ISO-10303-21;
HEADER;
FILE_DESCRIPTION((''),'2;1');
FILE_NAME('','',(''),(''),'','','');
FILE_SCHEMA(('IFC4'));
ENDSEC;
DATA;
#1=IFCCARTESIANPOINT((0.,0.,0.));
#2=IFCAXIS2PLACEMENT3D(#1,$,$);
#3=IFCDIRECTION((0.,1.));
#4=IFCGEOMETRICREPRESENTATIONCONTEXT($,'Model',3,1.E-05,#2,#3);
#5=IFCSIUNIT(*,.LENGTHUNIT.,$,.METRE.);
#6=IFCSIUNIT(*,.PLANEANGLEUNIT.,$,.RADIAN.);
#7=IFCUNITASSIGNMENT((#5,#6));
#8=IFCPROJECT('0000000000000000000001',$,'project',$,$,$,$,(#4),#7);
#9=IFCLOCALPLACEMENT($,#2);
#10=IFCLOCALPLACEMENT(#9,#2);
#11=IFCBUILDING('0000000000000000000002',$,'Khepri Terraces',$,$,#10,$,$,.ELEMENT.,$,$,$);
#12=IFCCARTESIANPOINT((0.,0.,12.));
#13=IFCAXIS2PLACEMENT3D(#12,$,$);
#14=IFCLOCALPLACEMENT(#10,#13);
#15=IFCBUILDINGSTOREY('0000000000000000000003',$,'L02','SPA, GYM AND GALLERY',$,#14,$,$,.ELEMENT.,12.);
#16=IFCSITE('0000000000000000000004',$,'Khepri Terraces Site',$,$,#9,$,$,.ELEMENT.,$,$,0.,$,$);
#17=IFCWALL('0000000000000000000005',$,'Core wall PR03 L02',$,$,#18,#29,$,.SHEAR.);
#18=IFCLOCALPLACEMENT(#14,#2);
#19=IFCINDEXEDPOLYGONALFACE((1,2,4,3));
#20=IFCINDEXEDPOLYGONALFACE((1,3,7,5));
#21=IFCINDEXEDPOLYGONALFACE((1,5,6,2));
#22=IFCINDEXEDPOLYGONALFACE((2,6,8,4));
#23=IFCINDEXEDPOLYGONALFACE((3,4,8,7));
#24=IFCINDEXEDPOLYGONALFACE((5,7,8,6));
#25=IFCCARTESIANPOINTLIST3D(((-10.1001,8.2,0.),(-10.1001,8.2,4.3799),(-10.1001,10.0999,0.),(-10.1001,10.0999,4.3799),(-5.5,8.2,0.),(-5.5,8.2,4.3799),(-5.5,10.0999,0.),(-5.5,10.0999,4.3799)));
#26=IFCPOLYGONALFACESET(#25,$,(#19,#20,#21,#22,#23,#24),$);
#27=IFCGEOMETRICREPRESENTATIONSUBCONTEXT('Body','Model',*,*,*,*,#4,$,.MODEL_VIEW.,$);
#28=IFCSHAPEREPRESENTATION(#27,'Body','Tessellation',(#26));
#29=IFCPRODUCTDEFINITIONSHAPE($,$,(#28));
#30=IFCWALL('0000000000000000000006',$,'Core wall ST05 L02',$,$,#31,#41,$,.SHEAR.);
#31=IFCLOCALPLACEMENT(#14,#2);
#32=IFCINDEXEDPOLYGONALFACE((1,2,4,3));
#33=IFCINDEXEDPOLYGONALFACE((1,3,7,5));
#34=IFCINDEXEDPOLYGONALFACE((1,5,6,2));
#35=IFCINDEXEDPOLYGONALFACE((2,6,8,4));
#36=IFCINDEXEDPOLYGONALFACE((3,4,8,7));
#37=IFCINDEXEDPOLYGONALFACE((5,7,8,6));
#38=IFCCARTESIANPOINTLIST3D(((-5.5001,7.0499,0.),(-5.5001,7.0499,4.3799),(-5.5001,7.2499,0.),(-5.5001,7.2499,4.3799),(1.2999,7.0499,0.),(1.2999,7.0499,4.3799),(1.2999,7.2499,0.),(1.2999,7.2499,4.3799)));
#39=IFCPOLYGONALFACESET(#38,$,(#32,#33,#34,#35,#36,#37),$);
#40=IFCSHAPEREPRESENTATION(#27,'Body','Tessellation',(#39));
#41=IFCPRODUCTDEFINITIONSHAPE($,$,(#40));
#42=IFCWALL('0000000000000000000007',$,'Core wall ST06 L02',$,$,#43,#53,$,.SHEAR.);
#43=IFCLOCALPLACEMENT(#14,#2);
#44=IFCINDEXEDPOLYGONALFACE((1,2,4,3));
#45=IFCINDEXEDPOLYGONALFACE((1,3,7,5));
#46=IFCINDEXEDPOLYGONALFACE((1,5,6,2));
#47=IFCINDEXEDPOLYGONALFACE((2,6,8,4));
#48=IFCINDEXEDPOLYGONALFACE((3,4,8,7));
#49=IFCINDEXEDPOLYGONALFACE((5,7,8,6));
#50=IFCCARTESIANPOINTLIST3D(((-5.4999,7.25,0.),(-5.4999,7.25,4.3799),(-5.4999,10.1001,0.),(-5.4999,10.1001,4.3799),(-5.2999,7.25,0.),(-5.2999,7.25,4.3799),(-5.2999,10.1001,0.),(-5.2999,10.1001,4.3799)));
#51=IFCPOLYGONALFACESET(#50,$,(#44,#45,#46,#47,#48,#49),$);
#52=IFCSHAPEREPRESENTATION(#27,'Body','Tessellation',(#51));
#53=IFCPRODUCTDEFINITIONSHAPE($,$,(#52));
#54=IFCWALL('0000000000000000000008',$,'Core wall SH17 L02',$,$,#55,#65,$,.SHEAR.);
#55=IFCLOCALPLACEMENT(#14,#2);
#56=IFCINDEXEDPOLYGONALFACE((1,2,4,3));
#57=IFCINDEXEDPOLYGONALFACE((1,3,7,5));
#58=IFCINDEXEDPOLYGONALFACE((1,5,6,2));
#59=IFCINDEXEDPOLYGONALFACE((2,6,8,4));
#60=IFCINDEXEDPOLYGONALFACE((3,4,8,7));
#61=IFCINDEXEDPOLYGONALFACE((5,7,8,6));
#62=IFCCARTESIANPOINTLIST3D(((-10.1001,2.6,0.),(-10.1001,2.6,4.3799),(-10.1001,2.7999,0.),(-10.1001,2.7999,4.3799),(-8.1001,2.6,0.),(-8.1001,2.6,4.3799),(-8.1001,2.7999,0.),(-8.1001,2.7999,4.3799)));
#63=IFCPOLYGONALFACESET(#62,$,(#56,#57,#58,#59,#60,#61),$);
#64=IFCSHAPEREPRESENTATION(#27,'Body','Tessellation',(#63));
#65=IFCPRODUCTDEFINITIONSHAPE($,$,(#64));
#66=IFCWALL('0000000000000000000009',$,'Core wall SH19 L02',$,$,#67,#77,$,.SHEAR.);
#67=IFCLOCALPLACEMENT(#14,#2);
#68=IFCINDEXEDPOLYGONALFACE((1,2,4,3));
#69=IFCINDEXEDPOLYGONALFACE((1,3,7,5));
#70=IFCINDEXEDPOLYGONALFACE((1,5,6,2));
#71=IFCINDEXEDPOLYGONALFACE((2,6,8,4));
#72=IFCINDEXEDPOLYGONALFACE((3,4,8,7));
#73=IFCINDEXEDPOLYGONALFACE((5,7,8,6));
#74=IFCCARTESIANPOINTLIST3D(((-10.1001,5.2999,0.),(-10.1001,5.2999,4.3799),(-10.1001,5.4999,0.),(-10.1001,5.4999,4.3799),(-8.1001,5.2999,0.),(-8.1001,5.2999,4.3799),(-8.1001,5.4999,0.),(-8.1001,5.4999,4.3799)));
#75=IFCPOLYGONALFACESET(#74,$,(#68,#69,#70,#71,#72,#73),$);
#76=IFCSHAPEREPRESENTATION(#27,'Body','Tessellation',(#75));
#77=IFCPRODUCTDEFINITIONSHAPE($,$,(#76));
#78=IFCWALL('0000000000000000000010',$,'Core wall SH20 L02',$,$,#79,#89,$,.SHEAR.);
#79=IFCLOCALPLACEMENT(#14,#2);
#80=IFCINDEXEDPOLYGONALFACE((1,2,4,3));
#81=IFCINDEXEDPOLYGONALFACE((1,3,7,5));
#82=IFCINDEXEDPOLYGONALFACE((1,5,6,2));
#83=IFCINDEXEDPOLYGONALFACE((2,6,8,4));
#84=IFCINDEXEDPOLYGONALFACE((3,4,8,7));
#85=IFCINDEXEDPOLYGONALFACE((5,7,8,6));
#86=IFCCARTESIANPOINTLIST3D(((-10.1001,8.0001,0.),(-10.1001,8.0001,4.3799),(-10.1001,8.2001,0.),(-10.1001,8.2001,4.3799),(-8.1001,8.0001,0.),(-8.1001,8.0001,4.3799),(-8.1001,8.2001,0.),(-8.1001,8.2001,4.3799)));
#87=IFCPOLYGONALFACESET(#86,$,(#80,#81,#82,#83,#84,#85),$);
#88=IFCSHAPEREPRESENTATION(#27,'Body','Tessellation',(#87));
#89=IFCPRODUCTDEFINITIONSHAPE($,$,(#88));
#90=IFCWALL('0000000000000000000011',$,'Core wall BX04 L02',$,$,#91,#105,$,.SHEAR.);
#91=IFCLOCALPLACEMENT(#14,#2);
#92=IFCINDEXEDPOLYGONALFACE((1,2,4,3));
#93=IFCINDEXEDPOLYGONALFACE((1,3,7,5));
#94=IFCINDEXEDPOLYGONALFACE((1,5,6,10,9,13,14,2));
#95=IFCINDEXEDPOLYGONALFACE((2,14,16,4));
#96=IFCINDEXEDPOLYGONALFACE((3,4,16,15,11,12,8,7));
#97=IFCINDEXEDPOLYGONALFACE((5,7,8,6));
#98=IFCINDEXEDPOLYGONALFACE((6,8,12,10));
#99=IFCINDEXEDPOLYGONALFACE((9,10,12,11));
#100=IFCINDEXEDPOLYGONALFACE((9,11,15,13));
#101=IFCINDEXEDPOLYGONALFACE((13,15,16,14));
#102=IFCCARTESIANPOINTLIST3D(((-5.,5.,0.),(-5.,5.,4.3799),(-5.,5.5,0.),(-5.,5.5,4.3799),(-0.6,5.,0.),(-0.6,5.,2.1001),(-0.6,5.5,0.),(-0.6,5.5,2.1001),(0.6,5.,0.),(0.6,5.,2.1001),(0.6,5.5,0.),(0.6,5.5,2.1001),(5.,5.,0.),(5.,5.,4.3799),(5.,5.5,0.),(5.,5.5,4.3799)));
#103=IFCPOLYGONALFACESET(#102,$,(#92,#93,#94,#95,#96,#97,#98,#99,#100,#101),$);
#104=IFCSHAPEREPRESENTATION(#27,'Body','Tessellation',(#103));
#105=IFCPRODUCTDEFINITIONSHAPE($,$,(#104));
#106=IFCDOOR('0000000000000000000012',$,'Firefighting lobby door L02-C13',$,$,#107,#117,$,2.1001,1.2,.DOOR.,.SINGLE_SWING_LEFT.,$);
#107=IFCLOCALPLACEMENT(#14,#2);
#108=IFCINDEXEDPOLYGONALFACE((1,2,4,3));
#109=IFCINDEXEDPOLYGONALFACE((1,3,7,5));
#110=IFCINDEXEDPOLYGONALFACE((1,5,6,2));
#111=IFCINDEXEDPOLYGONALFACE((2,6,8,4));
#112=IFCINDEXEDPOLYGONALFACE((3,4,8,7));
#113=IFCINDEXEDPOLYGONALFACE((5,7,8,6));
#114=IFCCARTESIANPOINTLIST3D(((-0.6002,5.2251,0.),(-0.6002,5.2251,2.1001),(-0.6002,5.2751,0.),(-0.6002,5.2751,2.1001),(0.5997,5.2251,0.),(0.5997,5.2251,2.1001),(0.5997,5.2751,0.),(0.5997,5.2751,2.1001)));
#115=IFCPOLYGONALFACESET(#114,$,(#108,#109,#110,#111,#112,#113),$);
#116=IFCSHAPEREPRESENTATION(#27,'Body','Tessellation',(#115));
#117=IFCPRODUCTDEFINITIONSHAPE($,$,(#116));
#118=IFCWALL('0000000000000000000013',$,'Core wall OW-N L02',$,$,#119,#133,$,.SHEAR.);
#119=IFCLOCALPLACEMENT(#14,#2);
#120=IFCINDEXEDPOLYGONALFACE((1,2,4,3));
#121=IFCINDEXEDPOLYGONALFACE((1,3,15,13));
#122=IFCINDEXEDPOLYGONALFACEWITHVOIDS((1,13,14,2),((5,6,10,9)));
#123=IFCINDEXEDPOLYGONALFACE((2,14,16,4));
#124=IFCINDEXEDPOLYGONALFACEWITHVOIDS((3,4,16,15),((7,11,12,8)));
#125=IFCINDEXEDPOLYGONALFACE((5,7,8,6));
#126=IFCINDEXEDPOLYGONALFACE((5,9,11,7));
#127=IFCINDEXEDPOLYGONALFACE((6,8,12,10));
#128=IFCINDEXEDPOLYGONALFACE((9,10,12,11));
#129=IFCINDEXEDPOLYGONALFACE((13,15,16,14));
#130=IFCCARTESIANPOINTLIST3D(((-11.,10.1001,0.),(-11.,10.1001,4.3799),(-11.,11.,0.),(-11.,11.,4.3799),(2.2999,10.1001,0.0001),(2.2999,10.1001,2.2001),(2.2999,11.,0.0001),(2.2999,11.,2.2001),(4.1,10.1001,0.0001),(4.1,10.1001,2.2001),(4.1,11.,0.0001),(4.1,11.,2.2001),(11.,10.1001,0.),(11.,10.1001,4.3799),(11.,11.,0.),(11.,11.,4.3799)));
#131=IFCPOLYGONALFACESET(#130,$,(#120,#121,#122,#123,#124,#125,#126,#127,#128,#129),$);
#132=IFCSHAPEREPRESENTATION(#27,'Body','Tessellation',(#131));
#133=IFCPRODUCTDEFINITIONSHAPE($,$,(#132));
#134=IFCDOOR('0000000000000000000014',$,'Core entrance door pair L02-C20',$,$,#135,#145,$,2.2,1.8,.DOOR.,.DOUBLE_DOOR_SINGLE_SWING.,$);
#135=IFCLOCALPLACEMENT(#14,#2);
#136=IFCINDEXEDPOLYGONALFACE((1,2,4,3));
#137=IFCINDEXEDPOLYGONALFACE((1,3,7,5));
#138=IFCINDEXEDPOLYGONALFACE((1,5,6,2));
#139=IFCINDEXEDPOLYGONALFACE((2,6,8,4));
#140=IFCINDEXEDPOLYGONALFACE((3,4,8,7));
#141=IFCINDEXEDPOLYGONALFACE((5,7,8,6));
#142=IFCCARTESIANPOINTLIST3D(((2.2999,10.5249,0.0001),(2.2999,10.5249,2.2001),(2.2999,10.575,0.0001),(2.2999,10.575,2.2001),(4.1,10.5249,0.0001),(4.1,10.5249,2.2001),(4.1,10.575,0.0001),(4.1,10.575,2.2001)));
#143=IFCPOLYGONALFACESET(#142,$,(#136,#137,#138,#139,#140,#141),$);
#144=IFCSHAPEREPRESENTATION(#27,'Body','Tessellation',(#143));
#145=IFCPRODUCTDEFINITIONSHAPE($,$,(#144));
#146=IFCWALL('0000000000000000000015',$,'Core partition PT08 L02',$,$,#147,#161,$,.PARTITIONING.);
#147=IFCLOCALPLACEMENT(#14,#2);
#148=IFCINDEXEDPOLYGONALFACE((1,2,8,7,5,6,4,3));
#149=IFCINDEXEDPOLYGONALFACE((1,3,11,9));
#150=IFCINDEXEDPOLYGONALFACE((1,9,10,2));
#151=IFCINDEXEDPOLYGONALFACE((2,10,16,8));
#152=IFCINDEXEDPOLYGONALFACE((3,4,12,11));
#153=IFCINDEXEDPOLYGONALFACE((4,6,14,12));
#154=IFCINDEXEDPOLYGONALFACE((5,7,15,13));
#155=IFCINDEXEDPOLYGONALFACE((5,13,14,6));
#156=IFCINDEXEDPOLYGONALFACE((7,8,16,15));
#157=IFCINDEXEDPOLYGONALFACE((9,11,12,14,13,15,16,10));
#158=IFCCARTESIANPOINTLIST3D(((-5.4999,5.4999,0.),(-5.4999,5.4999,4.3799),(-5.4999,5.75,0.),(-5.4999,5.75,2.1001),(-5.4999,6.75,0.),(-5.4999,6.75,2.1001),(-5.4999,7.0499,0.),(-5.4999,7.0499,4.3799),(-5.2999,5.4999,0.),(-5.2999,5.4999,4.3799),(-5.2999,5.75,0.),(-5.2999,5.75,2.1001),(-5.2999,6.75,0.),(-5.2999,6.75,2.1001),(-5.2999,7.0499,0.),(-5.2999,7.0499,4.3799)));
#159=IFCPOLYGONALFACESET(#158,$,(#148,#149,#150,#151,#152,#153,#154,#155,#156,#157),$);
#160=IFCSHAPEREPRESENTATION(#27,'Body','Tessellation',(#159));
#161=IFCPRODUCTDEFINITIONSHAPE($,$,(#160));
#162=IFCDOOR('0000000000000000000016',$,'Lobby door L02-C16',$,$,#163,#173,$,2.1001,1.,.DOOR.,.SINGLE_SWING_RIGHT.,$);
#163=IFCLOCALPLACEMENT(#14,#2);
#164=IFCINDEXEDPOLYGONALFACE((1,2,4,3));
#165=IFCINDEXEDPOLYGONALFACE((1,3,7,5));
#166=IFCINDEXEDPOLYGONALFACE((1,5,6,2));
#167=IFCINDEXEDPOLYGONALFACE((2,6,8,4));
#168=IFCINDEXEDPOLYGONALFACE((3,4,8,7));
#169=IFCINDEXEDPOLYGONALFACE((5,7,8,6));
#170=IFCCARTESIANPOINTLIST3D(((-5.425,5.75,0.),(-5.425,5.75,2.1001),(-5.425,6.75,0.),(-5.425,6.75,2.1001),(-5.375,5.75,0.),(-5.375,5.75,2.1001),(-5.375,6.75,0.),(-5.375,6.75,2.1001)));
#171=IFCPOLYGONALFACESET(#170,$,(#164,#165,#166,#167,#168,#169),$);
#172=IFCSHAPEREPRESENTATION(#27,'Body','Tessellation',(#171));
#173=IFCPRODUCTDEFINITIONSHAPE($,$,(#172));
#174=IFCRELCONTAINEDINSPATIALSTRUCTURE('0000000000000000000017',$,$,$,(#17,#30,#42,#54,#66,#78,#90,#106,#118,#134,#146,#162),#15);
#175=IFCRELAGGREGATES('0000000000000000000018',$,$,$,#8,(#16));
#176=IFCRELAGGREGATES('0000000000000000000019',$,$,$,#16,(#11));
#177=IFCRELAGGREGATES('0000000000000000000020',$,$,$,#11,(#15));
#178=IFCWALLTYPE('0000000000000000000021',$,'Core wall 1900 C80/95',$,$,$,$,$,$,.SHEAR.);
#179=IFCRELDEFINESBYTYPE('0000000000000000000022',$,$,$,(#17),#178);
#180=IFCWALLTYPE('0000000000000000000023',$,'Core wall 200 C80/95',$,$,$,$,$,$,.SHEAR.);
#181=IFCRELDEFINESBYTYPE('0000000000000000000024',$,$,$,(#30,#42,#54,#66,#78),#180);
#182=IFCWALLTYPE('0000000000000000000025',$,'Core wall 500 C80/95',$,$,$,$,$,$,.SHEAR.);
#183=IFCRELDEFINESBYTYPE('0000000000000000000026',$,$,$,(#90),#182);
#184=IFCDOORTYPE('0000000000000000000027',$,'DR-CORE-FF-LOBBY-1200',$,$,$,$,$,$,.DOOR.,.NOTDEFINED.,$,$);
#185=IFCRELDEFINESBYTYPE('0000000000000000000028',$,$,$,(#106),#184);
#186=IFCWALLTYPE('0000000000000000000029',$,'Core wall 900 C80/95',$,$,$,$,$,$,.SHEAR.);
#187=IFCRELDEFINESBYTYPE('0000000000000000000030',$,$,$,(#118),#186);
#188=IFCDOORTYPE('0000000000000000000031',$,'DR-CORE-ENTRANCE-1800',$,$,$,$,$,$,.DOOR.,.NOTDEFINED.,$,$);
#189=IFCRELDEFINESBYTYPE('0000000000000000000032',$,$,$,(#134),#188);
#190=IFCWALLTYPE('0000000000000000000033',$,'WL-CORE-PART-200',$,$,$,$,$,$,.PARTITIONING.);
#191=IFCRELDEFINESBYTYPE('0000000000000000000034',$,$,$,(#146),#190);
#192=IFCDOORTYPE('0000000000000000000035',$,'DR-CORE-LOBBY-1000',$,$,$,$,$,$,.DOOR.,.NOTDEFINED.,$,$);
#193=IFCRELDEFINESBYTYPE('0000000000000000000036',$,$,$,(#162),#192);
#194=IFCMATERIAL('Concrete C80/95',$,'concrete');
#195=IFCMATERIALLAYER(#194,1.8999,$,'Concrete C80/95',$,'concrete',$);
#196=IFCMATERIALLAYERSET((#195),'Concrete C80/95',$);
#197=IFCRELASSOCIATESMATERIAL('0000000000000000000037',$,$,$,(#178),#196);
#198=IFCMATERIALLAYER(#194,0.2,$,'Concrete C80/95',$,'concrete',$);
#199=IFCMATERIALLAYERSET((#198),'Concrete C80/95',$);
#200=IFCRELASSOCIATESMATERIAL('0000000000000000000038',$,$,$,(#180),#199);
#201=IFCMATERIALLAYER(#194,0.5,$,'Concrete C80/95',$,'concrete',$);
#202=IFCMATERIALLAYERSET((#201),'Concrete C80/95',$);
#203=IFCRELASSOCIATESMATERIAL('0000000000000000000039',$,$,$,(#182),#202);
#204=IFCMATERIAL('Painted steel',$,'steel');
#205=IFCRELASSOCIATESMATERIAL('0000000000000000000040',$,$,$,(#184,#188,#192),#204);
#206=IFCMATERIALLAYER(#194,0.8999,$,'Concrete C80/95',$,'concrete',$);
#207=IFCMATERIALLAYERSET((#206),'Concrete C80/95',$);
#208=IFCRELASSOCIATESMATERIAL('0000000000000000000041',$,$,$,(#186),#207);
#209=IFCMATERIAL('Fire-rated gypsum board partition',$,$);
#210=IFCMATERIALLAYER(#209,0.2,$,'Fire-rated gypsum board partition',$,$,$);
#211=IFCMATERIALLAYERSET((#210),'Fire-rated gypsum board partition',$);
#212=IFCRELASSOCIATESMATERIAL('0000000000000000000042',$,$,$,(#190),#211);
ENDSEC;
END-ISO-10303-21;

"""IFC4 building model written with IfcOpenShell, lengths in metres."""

from ifc_helpers import new_model, si_unit, direction, frame, frame_2d, origin, place, context, subcontext, project, spatial, rectangle, extrude, material, layer, layer_set, type_object, element, fill, save


model = new_model("IFC4")

# Units and contexts
model_context = context("Model", 3, precision=1e-05, world=origin(), true_north=direction((0.0, 1.0)))
body_context = subcontext(model_context, "Body", "Model", "MODEL_VIEW")
ifc_project = project(units=[si_unit("LENGTHUNIT", "METRE"), si_unit("PLANEANGLEUNIT", "RADIAN")], contexts=[model_context])

# Site, building, storey
site_placement = place(None, origin())
site = spatial("IfcSite", under=ifc_project, at=site_placement, Name="Khepri Terraces Site", CompositionType="ELEMENT", RefElevation=0.0)
building_placement = place(site_placement, origin())
building = spatial("IfcBuilding", under=site, at=building_placement, Name="Khepri Terraces", CompositionType="ELEMENT")
storey_placement = place(building_placement, frame((0.0, 0.0, 12.0)))
storey = spatial("IfcBuildingStorey", under=building, at=storey_placement, Name="L02", Description="SPA, GYM AND GALLERY", CompositionType="ELEMENT", Elevation=12.0)

# Walls
ifc_material_1 = material(Name="Concrete C80/95", Category="concrete")
ifc_layer_1 = layer(ifc_material_1, 1.8999, Name="Concrete C80/95", Category="concrete")
ifc_layer_set_1 = layer_set([ifc_layer_1], Name="Concrete C80/95")
wall_type_1 = type_object("IfcWallType", Name="Core wall 1900 C80/95", PredefinedType="SHEAR", material=ifc_layer_set_1)
wall_1_placement = place(storey_placement, frame((-10.1001, 9.1499, 0.0), z_axis=(0.0, 0.0, 1.0), x_axis=(1.0, 0.0, 0.0)))
element("IfcWall", 1, at=wall_1_placement, inside=storey, type_object=wall_type_1, Name="Core wall PR03 L02", PredefinedType="SHEAR", context=body_context, shape_type="SweptSolid", body=[
    extrude(rectangle(XDim=4.6001, YDim=1.8999, at=frame_2d((2.3, 0.0))), origin(), (0.0, 0.0, 1.0), 4.3799),
])
ifc_layer_2 = layer(ifc_material_1, 0.2, Name="Concrete C80/95", Category="concrete")
ifc_layer_set_2 = layer_set([ifc_layer_2], Name="Concrete C80/95")
wall_type_2 = type_object("IfcWallType", Name="Core wall 200 C80/95", PredefinedType="SHEAR", material=ifc_layer_set_2)
wall_2_placement = place(storey_placement, frame((-5.5, 7.1499, 0.0), z_axis=(0.0, 0.0, 1.0), x_axis=(1.0, 0.0, 0.0)))
element("IfcWall", 2, at=wall_2_placement, inside=storey, type_object=wall_type_2, Name="Core wall ST05 L02", PredefinedType="SHEAR", context=body_context, shape_type="SweptSolid", body=[
    extrude(rectangle(XDim=6.8, YDim=0.2, at=frame_2d((3.3999, 0.0))), origin(), (0.0, 0.0, 1.0), 4.3799),
])
wall_3_placement = place(storey_placement, frame((-5.3999, 7.25, 0.0), z_axis=(0.0, 0.0, 1.0), x_axis=(0.0, 1.0, 0.0)))
element("IfcWall", 3, at=wall_3_placement, inside=storey, type_object=wall_type_2, Name="Core wall ST06 L02", PredefinedType="SHEAR", context=body_context, shape_type="SweptSolid", body=[
    extrude(rectangle(XDim=2.8501, YDim=0.2, at=frame_2d((1.425, 0.0))), origin(), (0.0, 0.0, 1.0), 4.3799),
])
for number, where, z_axis, x_axis, name in (
    (4, (-10.1001, 2.7, 0.0), (0.0, 0.0, 1.0), (1.0, 0.0, 0.0), "Core wall SH17 L02"),
    (5, (-10.1001, 5.3999, 0.0), (0.0, 0.0, 1.0), (1.0, 0.0, 0.0), "Core wall SH19 L02"),
    (6, (-10.1001, 8.1001, 0.0), (0.0, 0.0, 1.0), (1.0, 0.0, 0.0), "Core wall SH20 L02"),
):
    element("IfcWall", number, at=place(storey_placement, frame(where, z_axis=z_axis, x_axis=x_axis)), inside=storey, type_object=wall_type_2, Name=name, PredefinedType="SHEAR", context=body_context, shape_type="SweptSolid", body=[
        extrude(rectangle(XDim=2.0, YDim=0.2, at=frame_2d((1.0, 0.0))), origin(), (0.0, 0.0, 1.0), 4.3799),
    ])

# Walls, openings, doors
ifc_layer_3 = layer(ifc_material_1, 0.5, Name="Concrete C80/95", Category="concrete")
ifc_layer_set_3 = layer_set([ifc_layer_3], Name="Concrete C80/95")
wall_type_3 = type_object("IfcWallType", Name="Core wall 500 C80/95", PredefinedType="SHEAR", material=ifc_layer_set_3)
wall_4_placement = place(storey_placement, frame((-5.0, 5.25, 0.0), z_axis=(0.0, 0.0, 1.0), x_axis=(1.0, 0.0, 0.0)))
wall_4 = element("IfcWall", 7, at=wall_4_placement, inside=storey, type_object=wall_type_3, Name="Core wall BX04 L02", PredefinedType="SHEAR", context=body_context, shape_type="SweptSolid", body=[
    extrude(rectangle(XDim=10.0, YDim=0.5, at=frame_2d((5.0, 0.0))), origin(), (0.0, 0.0, 1.0), 4.3799),
])
opening_1_placement = place(wall_4_placement, frame((4.3999, 0.0, 0.0)))
opening_1 = element("IfcOpeningElement", 8, at=opening_1_placement, cuts=wall_4, PredefinedType="OPENING", context=body_context, shape_type="SweptSolid", body=[
    extrude(rectangle(XDim=1.2, YDim=2.1001, at=frame_2d((0.6001, 1.05))), frame((0.0, 0.26, 0.0), z_axis=(0.0, -1.0, 0.0), x_axis=(1.0, 0.0, 0.0)), (0.0, 0.0, 1.0), 0.52),
])
ifc_material_2 = material(Name="Painted steel", Category="steel")
door_type_1 = type_object("IfcDoorType", Name="DR-CORE-FF-LOBBY-1200", OperationType="NOTDEFINED", PredefinedType="DOOR", material=ifc_material_2)
door_1_placement = place(opening_1_placement, frame((1.2, 0.0, 0.0), z_axis=(0.0, 0.0, 1.0), x_axis=(-1.0, 0.0, 0.0)))
door_1 = element("IfcDoor", 9, at=door_1_placement, inside=storey, type_object=door_type_1, Name="Firefighting lobby door L02-C13", OperationType="SINGLE_SWING_LEFT", OverallHeight=2.1001, OverallWidth=1.2, PredefinedType="DOOR", context=body_context, shape_type="SweptSolid", body=[
    extrude(rectangle(XDim=1.2, YDim=2.1001, at=frame_2d((0.6001, 1.05))), frame((0.0, 0.0249, 0.0), z_axis=(0.0, -1.0, 0.0), x_axis=(1.0, 0.0, 0.0)), (0.0, 0.0, 1.0), 0.05),
])
fill(opening_1, door_1)
ifc_layer_4 = layer(ifc_material_1, 0.8999, Name="Concrete C80/95", Category="concrete")
ifc_layer_set_4 = layer_set([ifc_layer_4], Name="Concrete C80/95")
wall_type_4 = type_object("IfcWallType", Name="Core wall 900 C80/95", PredefinedType="SHEAR", material=ifc_layer_set_4)
wall_5_placement = place(storey_placement, frame((-11.0, 10.55, 0.0), z_axis=(0.0, 0.0, 1.0), x_axis=(1.0, 0.0, 0.0)))
wall_5 = element("IfcWall", 10, at=wall_5_placement, inside=storey, type_object=wall_type_4, Name="Core wall OW-N L02", PredefinedType="SHEAR", context=body_context, shape_type="SweptSolid", body=[
    extrude(rectangle(XDim=22.0, YDim=0.8999, at=frame_2d((11.0, 0.0))), origin(), (0.0, 0.0, 1.0), 4.3799),
])
opening_2_placement = place(wall_5_placement, frame((13.3, 0.0, 0.0)))
opening_2 = element("IfcOpeningElement", 11, at=opening_2_placement, cuts=wall_5, PredefinedType="OPENING", context=body_context, shape_type="SweptSolid", body=[
    extrude(rectangle(XDim=1.8, YDim=2.2, at=frame_2d((0.8999, 1.1001))), frame((0.0, 0.46, 0.0), z_axis=(0.0, -1.0, 0.0), x_axis=(1.0, 0.0, 0.0)), (0.0, 0.0, 1.0), 0.9199),
])
door_type_2 = type_object("IfcDoorType", Name="DR-CORE-ENTRANCE-1800", OperationType="NOTDEFINED", PredefinedType="DOOR", material=ifc_material_2)
door_2_placement = place(opening_2_placement, origin())
door_2 = element("IfcDoor", 12, at=door_2_placement, inside=storey, type_object=door_type_2, Name="Core entrance door pair L02-C20", OperationType="DOUBLE_DOOR_SINGLE_SWING", OverallHeight=2.2, OverallWidth=1.8, PredefinedType="DOOR", context=body_context, shape_type="SweptSolid", body=[
    extrude(rectangle(XDim=1.8, YDim=2.2, at=frame_2d((0.8999, 1.1001))), frame((0.0, 0.0249, 0.0), z_axis=(0.0, -1.0, 0.0), x_axis=(1.0, 0.0, 0.0)), (0.0, 0.0, 1.0), 0.05),
])
fill(opening_2, door_2)
ifc_material_3 = material(Name="Fire-rated gypsum board partition")
ifc_layer_5 = layer(ifc_material_3, 0.2, Name="Fire-rated gypsum board partition")
ifc_layer_set_5 = layer_set([ifc_layer_5], Name="Fire-rated gypsum board partition")
wall_type_5 = type_object("IfcWallType", Name="WL-CORE-PART-200", PredefinedType="PARTITIONING", material=ifc_layer_set_5)
wall_6_placement = place(storey_placement, frame((-5.3999, 5.5, 0.0), z_axis=(0.0, 0.0, 1.0), x_axis=(0.0, 1.0, 0.0)))
wall_6 = element("IfcWall", 13, at=wall_6_placement, inside=storey, type_object=wall_type_5, Name="Core partition PT08 L02", PredefinedType="PARTITIONING", context=body_context, shape_type="SweptSolid", body=[
    extrude(rectangle(XDim=1.55, YDim=0.2, at=frame_2d((0.7749, 0.0))), origin(), (0.0, 0.0, 1.0), 4.3799),
])
opening_3_placement = place(wall_6_placement, frame((0.25, 0.0, 0.0)))
opening_3 = element("IfcOpeningElement", 14, at=opening_3_placement, cuts=wall_6, PredefinedType="OPENING", context=body_context, shape_type="SweptSolid", body=[
    extrude(rectangle(XDim=1.0, YDim=2.1001, at=frame_2d((0.5, 1.05))), frame((0.0, 0.1099, 0.0), z_axis=(0.0, -1.0, 0.0), x_axis=(1.0, 0.0, 0.0)), (0.0, 0.0, 1.0), 0.22),
])
door_type_3 = type_object("IfcDoorType", Name="DR-CORE-LOBBY-1000", OperationType="NOTDEFINED", PredefinedType="DOOR", material=ifc_material_2)
door_3_placement = place(opening_3_placement, frame((1.0, 0.0, 0.0), z_axis=(0.0, 0.0, 1.0), x_axis=(-1.0, 0.0, 0.0)))
door_3 = element("IfcDoor", 15, at=door_3_placement, inside=storey, type_object=door_type_3, Name="Lobby door L02-C16", OperationType="SINGLE_SWING_RIGHT", OverallHeight=2.1001, OverallWidth=1.0, PredefinedType="DOOR", context=body_context, shape_type="SweptSolid", body=[
    extrude(rectangle(XDim=1.0, YDim=2.1001, at=frame_2d((0.5, 1.05))), frame((0.0, 0.0249, 0.0), z_axis=(0.0, -1.0, 0.0), x_axis=(1.0, 0.0, 0.0)), (0.0, 0.0, 1.0), 0.05),
])
fill(opening_3, door_3)

save(model, "model.ifc")
